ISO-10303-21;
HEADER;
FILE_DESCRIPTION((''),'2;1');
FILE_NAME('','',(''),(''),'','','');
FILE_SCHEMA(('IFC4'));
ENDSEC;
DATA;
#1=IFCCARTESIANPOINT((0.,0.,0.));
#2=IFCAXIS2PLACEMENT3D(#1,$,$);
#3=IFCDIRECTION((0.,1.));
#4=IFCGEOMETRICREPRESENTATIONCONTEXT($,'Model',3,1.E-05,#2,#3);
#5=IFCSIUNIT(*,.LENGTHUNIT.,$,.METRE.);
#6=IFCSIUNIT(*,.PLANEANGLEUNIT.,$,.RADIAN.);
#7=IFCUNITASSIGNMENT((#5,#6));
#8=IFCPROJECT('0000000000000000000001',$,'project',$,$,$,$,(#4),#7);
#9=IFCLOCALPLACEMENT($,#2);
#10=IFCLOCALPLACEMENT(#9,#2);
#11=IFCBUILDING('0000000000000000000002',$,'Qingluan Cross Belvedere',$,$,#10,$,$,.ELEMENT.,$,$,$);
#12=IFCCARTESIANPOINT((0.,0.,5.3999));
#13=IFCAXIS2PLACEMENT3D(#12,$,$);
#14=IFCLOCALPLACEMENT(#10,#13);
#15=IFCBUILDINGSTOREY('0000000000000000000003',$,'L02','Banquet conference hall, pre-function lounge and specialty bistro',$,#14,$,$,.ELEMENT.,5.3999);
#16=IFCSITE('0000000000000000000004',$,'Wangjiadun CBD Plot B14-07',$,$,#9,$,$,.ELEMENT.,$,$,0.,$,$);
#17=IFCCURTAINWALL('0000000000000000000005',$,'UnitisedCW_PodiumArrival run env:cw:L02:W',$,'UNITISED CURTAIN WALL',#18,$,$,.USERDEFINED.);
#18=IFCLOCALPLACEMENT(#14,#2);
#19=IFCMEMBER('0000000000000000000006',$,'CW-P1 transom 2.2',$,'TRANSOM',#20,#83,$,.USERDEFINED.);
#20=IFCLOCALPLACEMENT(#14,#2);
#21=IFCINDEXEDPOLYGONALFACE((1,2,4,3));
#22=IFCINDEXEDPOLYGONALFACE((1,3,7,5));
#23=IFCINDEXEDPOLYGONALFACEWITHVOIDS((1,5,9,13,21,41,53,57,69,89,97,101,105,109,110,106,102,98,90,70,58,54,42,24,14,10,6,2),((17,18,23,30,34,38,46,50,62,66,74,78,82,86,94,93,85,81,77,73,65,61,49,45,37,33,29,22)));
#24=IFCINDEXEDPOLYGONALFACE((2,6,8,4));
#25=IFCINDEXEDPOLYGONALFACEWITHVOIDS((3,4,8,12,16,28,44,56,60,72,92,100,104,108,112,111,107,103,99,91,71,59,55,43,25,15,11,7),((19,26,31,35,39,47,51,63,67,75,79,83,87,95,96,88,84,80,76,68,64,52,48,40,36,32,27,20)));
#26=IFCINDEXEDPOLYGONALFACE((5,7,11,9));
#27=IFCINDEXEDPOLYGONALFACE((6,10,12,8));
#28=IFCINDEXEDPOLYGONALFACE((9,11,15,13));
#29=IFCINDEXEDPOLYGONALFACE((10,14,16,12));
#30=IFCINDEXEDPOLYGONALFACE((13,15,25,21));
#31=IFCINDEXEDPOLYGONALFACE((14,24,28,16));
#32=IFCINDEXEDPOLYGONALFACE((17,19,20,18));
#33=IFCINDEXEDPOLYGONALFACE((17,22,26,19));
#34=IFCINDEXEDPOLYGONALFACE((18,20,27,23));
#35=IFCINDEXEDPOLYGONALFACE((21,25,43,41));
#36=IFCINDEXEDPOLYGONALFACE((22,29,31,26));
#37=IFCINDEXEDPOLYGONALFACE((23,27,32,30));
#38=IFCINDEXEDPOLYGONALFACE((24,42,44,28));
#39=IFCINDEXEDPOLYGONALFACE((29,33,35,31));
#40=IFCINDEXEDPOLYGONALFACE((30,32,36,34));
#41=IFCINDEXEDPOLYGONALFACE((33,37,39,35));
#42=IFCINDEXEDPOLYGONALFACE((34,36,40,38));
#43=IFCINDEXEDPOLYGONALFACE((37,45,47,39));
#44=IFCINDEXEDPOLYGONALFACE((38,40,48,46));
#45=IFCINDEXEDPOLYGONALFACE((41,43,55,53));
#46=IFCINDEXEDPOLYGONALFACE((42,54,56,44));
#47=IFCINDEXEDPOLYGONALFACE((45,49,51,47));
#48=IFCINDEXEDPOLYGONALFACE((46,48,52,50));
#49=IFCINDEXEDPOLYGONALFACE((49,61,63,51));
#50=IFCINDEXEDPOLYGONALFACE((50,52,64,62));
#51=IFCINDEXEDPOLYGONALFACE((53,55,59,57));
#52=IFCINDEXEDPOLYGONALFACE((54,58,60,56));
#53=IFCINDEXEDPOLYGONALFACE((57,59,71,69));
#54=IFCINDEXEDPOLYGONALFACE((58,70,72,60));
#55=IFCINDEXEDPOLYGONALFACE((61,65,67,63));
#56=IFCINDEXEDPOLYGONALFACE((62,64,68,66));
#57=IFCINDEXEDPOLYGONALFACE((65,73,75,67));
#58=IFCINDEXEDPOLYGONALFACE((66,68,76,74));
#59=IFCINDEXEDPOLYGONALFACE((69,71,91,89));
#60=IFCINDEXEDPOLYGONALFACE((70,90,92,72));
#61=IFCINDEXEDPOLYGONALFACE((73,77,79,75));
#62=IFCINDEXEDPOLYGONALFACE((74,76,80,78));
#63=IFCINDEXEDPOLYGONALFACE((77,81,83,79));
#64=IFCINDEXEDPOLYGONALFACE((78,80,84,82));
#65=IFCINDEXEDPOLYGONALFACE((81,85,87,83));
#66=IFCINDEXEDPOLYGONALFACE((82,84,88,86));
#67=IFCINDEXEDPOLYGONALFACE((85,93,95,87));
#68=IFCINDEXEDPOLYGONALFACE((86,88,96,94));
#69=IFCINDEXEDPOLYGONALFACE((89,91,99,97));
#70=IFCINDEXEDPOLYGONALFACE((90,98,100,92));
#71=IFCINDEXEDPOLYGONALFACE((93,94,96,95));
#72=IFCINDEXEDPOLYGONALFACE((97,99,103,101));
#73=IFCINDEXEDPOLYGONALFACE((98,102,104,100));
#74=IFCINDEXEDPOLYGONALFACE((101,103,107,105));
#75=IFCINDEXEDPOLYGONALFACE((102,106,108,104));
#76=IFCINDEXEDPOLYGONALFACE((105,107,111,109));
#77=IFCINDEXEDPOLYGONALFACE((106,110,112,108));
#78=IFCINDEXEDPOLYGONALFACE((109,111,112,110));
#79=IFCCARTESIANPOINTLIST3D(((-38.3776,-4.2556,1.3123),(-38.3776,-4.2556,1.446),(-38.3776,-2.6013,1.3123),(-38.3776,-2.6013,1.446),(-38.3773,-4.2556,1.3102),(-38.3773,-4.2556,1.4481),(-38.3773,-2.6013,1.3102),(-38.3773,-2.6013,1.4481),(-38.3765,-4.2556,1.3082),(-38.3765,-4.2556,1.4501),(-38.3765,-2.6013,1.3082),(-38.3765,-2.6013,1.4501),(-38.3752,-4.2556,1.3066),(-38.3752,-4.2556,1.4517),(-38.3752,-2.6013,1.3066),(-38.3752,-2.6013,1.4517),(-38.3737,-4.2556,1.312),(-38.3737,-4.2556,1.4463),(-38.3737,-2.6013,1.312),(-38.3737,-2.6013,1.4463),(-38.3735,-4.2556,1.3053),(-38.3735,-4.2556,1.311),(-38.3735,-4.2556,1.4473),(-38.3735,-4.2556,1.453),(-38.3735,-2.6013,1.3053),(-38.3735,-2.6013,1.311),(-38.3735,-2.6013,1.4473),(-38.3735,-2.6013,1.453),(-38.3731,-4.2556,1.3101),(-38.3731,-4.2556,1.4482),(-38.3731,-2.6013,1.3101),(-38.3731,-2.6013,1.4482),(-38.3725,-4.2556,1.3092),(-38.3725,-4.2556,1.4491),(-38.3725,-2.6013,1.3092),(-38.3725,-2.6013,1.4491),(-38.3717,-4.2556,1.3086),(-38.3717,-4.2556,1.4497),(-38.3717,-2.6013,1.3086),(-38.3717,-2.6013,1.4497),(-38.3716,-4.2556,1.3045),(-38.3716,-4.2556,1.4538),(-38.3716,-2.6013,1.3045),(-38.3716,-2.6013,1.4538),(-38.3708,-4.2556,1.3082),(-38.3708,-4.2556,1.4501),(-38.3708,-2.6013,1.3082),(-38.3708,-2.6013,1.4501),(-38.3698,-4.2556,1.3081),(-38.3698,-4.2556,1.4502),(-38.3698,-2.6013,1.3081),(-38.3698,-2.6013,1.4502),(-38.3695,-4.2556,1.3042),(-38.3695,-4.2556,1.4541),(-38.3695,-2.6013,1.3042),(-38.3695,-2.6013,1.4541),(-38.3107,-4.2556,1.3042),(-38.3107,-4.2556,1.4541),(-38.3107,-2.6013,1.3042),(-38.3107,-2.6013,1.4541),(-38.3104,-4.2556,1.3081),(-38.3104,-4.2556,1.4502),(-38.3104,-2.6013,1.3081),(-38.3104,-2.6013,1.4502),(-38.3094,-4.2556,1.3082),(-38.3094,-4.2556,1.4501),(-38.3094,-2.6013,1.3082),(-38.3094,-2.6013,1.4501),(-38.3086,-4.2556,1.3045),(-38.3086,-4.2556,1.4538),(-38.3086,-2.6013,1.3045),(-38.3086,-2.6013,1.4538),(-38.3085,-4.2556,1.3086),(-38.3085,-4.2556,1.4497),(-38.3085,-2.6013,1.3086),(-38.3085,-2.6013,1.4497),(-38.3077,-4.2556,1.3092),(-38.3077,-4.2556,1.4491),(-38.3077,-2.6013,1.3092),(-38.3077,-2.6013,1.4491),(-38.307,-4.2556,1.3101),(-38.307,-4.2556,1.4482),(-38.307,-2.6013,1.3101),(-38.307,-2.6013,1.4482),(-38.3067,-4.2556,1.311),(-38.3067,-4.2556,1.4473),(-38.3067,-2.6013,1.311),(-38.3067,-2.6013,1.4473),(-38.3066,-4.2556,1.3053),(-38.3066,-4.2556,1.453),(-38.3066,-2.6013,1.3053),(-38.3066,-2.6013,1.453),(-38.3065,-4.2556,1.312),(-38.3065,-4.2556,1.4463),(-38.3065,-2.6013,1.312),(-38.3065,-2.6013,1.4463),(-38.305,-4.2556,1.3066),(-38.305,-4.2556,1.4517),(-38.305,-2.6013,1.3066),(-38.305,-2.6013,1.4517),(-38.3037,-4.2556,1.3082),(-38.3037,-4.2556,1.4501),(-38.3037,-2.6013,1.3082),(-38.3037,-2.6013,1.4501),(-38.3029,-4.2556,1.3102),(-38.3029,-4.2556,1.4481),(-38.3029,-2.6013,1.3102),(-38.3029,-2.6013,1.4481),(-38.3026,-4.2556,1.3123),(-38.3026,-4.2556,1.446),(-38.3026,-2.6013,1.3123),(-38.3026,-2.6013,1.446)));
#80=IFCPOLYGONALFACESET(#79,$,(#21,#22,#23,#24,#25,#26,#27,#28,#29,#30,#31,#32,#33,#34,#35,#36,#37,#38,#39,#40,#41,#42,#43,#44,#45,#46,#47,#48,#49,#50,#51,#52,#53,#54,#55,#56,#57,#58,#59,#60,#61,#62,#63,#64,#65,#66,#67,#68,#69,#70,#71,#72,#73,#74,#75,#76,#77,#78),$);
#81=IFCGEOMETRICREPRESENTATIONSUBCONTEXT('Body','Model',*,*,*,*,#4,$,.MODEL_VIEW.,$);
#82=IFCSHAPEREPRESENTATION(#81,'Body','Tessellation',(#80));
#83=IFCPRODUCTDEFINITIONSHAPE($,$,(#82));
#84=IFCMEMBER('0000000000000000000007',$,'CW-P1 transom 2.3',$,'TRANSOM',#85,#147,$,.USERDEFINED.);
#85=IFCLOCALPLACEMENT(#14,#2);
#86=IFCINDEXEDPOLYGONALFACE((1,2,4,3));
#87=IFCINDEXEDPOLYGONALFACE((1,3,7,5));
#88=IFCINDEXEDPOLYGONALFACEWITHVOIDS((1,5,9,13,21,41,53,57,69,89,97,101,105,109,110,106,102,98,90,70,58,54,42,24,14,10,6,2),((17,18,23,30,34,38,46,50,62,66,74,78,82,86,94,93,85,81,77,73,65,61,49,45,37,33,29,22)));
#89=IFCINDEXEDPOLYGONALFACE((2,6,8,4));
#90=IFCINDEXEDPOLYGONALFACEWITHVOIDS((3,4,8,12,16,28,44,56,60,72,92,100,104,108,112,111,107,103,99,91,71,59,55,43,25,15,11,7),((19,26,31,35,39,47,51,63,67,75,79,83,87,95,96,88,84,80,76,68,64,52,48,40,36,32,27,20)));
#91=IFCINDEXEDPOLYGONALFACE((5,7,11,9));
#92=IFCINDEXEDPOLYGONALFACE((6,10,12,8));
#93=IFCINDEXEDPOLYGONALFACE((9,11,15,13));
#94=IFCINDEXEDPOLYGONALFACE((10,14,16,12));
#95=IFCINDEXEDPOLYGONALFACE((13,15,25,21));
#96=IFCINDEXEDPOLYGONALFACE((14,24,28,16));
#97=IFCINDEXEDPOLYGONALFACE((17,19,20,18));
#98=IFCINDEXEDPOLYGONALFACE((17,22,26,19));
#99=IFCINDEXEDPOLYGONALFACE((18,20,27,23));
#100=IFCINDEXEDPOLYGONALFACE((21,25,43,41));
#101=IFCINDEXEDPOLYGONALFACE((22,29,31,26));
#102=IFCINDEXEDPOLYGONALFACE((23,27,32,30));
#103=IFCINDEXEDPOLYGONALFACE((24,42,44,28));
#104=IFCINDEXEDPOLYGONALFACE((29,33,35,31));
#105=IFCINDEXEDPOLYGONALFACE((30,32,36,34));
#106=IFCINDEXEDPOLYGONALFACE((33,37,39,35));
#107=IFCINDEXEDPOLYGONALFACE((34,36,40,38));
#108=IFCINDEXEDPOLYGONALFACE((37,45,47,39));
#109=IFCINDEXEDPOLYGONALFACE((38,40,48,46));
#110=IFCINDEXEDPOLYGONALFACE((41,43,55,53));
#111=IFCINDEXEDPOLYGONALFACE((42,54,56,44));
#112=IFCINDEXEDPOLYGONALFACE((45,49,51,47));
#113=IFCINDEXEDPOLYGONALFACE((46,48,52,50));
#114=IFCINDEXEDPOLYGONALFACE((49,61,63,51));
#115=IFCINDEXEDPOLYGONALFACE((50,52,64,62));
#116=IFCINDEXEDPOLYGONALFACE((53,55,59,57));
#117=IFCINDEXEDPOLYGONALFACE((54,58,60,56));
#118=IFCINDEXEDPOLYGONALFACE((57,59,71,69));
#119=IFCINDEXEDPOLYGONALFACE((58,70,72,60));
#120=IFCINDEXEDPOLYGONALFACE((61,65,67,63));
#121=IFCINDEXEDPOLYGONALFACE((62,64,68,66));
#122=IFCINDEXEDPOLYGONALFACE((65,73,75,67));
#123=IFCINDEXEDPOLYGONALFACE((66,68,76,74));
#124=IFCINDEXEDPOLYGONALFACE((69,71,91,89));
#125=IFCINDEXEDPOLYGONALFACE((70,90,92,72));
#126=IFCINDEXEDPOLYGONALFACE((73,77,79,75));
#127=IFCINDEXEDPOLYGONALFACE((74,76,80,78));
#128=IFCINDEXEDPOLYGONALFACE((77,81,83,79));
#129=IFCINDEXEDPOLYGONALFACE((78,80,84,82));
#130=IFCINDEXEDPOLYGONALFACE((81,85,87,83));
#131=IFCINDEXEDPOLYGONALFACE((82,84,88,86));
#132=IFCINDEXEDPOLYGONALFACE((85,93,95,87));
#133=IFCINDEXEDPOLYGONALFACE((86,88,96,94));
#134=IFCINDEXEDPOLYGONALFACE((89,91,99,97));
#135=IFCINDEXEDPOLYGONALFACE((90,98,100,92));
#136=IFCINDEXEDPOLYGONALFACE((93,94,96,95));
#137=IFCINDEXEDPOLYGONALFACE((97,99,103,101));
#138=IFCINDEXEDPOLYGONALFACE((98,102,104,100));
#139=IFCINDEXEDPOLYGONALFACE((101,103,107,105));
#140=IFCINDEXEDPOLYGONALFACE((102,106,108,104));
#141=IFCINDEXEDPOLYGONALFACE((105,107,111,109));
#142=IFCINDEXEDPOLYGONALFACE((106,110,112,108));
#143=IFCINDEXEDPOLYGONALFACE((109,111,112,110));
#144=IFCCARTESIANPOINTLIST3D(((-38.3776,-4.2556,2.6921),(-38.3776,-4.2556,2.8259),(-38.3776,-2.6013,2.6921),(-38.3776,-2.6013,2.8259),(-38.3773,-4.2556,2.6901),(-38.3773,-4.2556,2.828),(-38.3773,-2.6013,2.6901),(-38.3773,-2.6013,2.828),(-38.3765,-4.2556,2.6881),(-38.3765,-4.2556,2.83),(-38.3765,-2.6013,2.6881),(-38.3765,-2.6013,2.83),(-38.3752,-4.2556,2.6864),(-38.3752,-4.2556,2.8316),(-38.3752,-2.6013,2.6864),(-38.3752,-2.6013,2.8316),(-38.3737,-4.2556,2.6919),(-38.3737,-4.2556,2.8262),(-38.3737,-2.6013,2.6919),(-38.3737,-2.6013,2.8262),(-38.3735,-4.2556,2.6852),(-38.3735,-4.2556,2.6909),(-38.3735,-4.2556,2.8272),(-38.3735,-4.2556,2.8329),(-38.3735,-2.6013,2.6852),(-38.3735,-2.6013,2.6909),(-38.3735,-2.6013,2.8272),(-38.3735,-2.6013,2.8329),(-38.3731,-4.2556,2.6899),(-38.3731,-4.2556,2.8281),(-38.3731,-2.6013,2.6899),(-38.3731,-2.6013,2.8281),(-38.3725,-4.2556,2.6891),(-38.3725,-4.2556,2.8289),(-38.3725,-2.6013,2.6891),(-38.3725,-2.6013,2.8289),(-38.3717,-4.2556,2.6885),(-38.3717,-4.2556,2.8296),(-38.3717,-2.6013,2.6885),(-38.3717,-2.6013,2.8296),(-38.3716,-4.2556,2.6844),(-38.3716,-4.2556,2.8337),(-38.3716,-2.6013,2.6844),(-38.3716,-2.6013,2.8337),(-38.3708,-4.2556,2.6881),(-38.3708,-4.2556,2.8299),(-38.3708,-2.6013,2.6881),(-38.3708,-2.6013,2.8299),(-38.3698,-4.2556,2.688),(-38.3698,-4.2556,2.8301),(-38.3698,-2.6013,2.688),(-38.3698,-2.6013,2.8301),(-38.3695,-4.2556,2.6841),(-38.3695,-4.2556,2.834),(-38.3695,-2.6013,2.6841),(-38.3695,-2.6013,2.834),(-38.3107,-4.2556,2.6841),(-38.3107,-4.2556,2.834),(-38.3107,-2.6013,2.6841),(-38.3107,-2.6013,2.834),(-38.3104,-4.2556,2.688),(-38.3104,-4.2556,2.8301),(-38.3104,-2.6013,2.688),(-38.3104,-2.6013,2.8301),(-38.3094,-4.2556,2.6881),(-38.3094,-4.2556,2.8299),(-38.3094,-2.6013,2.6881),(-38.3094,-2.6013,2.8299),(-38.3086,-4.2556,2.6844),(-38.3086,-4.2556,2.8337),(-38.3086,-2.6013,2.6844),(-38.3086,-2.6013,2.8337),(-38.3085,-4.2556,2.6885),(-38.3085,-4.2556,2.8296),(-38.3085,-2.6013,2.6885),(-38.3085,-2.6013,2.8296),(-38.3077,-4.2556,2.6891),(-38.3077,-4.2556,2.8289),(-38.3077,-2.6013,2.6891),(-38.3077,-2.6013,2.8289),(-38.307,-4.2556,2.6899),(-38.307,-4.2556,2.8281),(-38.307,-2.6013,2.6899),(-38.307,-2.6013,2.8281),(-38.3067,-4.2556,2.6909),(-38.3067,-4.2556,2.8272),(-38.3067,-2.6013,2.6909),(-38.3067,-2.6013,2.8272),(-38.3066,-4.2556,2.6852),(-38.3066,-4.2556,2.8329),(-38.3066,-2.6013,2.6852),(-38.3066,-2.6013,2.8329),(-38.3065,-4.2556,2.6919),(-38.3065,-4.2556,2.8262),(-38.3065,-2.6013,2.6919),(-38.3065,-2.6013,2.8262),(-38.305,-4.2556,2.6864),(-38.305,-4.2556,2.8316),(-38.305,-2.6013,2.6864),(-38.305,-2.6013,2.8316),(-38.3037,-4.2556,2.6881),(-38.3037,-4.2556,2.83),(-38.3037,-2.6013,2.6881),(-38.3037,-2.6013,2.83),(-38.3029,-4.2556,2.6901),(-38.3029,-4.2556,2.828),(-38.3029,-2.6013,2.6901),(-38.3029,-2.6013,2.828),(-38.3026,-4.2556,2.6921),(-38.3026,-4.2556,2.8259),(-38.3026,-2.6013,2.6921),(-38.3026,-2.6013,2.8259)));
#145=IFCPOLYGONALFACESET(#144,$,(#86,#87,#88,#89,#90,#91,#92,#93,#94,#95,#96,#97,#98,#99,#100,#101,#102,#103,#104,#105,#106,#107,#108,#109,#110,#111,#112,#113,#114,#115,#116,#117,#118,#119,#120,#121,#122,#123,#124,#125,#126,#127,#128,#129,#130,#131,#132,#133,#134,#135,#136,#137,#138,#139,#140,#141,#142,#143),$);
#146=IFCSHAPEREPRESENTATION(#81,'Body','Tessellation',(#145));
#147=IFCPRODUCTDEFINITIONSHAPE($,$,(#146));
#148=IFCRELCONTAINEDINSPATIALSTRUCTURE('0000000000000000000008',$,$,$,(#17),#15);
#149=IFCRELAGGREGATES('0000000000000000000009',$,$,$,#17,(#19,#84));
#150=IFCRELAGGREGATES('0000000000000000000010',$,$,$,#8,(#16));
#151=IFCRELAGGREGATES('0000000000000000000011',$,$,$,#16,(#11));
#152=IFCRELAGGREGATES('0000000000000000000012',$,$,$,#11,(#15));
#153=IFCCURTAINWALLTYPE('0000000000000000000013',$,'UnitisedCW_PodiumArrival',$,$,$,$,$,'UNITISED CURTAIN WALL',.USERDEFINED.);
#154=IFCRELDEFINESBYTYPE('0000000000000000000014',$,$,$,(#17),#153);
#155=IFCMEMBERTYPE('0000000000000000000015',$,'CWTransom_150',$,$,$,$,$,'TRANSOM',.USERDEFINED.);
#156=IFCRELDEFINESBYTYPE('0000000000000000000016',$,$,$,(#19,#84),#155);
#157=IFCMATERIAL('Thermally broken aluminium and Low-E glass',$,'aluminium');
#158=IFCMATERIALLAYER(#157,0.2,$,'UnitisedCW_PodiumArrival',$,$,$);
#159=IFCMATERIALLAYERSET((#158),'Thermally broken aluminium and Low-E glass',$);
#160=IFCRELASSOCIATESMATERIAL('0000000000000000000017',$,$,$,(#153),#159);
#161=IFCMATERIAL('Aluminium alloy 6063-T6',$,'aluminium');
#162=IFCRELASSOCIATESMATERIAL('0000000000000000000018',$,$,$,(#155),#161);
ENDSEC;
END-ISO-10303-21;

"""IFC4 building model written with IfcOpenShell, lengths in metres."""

from ifc_helpers import new_model, si_unit, direction, frame, origin, origin_2d, place, context, subcontext, project, spatial, hollow_rectangle, extrude, material, layer, layer_set, material_profile, profile_set, type_object, element, aggregate, save


model = new_model("IFC4")

# Units and contexts
model_context = context("Model", 3, precision=1e-05, world=origin(), true_north=direction((0.0, 1.0)))
body_context = subcontext(model_context, "Body", "Model", "MODEL_VIEW")
ifc_project = project(units=[si_unit("LENGTHUNIT", "METRE"), si_unit("PLANEANGLEUNIT", "RADIAN")], contexts=[model_context])

# Site, building, storey
site_placement = place(None, origin())
site = spatial("IfcSite", under=ifc_project, at=site_placement, Name="Wangjiadun CBD Plot B14-07", CompositionType="ELEMENT", RefElevation=0.0)
building_placement = place(site_placement, origin())
building = spatial("IfcBuilding", under=site, at=building_placement, Name="Qingluan Cross Belvedere", CompositionType="ELEMENT")
storey_placement = place(building_placement, frame((0.0, 0.0, 5.3999)))
storey = spatial("IfcBuildingStorey", under=building, at=storey_placement, Name="L02", Description="Banquet conference hall, pre-function lounge and specialty bistro", CompositionType="ELEMENT", Elevation=5.3999)

# Curtain wall, members
ifc_material_1 = material(Name="Thermally broken aluminium and Low-E glass", Category="aluminium")
ifc_layer_1 = layer(ifc_material_1, 0.2, Name="UnitisedCW_PodiumArrival")
ifc_layer_set_1 = layer_set([ifc_layer_1], Name="Thermally broken aluminium and Low-E glass")
curtain_wall_type = type_object("IfcCurtainWallType", Name="UnitisedCW_PodiumArrival", ElementType="UNITISED CURTAIN WALL", PredefinedType="USERDEFINED", material=ifc_layer_set_1)
curtain_wall_placement = place(storey_placement, origin())
curtain_wall = element("IfcCurtainWall", 1, at=curtain_wall_placement, inside=storey, type_object=curtain_wall_type, Name="UnitisedCW_PodiumArrival run env:cw:L02:W", ObjectType="UNITISED CURTAIN WALL", PredefinedType="USERDEFINED")
ifc_material_2 = material(Name="Aluminium alloy 6063-T6", Category="aluminium")
ifc_material_profile_1 = material_profile(ifc_material_2, hollow_rectangle(XDim=0.075, YDim=0.1499, WallThickness=0.0039, InnerFilletRadius=0.0039, OuterFilletRadius=0.0081, at=origin_2d()), Name="CWT150x75x4")
ifc_profile_set_1 = profile_set([ifc_material_profile_1], Name="Aluminium alloy 6063-T6")
member_type_1 = type_object("IfcMemberType", Name="CWTransom_150", ElementType="TRANSOM", PredefinedType="USERDEFINED", material=ifc_profile_set_1)
member_1_placement = place(storey_placement, frame((-38.3401, -4.2556, 1.3792), z_axis=(0.0, 1.0, 0.0), x_axis=(-1.0, 0.0, 0.0)))
member_1 = element("IfcMember", 2, at=member_1_placement, type_object=member_type_1, Name="CW-P1 transom 2.2", ObjectType="TRANSOM", PredefinedType="USERDEFINED", context=body_context, shape_type="SweptSolid", body=[
    extrude(hollow_rectangle(XDim=0.075, YDim=0.1499, WallThickness=0.0039, InnerFilletRadius=0.0039, OuterFilletRadius=0.0081, at=origin_2d()), origin(), (0.0, 0.0, 1.0), 1.6543),
])
member_2_placement = place(storey_placement, frame((-38.3401, -4.2556, 2.759), z_axis=(0.0, 1.0, 0.0), x_axis=(-1.0, 0.0, 0.0)))
member_2 = element("IfcMember", 3, at=member_2_placement, type_object=member_type_1, Name="CW-P1 transom 2.3", ObjectType="TRANSOM", PredefinedType="USERDEFINED", context=body_context, shape_type="SweptSolid", body=[
    extrude(hollow_rectangle(XDim=0.075, YDim=0.1499, WallThickness=0.0039, InnerFilletRadius=0.0039, OuterFilletRadius=0.0081, at=origin_2d()), origin(), (0.0, 0.0, 1.0), 1.6543),
])

aggregate(curtain_wall, [member_1, member_2])

save(model, "model.ifc")
